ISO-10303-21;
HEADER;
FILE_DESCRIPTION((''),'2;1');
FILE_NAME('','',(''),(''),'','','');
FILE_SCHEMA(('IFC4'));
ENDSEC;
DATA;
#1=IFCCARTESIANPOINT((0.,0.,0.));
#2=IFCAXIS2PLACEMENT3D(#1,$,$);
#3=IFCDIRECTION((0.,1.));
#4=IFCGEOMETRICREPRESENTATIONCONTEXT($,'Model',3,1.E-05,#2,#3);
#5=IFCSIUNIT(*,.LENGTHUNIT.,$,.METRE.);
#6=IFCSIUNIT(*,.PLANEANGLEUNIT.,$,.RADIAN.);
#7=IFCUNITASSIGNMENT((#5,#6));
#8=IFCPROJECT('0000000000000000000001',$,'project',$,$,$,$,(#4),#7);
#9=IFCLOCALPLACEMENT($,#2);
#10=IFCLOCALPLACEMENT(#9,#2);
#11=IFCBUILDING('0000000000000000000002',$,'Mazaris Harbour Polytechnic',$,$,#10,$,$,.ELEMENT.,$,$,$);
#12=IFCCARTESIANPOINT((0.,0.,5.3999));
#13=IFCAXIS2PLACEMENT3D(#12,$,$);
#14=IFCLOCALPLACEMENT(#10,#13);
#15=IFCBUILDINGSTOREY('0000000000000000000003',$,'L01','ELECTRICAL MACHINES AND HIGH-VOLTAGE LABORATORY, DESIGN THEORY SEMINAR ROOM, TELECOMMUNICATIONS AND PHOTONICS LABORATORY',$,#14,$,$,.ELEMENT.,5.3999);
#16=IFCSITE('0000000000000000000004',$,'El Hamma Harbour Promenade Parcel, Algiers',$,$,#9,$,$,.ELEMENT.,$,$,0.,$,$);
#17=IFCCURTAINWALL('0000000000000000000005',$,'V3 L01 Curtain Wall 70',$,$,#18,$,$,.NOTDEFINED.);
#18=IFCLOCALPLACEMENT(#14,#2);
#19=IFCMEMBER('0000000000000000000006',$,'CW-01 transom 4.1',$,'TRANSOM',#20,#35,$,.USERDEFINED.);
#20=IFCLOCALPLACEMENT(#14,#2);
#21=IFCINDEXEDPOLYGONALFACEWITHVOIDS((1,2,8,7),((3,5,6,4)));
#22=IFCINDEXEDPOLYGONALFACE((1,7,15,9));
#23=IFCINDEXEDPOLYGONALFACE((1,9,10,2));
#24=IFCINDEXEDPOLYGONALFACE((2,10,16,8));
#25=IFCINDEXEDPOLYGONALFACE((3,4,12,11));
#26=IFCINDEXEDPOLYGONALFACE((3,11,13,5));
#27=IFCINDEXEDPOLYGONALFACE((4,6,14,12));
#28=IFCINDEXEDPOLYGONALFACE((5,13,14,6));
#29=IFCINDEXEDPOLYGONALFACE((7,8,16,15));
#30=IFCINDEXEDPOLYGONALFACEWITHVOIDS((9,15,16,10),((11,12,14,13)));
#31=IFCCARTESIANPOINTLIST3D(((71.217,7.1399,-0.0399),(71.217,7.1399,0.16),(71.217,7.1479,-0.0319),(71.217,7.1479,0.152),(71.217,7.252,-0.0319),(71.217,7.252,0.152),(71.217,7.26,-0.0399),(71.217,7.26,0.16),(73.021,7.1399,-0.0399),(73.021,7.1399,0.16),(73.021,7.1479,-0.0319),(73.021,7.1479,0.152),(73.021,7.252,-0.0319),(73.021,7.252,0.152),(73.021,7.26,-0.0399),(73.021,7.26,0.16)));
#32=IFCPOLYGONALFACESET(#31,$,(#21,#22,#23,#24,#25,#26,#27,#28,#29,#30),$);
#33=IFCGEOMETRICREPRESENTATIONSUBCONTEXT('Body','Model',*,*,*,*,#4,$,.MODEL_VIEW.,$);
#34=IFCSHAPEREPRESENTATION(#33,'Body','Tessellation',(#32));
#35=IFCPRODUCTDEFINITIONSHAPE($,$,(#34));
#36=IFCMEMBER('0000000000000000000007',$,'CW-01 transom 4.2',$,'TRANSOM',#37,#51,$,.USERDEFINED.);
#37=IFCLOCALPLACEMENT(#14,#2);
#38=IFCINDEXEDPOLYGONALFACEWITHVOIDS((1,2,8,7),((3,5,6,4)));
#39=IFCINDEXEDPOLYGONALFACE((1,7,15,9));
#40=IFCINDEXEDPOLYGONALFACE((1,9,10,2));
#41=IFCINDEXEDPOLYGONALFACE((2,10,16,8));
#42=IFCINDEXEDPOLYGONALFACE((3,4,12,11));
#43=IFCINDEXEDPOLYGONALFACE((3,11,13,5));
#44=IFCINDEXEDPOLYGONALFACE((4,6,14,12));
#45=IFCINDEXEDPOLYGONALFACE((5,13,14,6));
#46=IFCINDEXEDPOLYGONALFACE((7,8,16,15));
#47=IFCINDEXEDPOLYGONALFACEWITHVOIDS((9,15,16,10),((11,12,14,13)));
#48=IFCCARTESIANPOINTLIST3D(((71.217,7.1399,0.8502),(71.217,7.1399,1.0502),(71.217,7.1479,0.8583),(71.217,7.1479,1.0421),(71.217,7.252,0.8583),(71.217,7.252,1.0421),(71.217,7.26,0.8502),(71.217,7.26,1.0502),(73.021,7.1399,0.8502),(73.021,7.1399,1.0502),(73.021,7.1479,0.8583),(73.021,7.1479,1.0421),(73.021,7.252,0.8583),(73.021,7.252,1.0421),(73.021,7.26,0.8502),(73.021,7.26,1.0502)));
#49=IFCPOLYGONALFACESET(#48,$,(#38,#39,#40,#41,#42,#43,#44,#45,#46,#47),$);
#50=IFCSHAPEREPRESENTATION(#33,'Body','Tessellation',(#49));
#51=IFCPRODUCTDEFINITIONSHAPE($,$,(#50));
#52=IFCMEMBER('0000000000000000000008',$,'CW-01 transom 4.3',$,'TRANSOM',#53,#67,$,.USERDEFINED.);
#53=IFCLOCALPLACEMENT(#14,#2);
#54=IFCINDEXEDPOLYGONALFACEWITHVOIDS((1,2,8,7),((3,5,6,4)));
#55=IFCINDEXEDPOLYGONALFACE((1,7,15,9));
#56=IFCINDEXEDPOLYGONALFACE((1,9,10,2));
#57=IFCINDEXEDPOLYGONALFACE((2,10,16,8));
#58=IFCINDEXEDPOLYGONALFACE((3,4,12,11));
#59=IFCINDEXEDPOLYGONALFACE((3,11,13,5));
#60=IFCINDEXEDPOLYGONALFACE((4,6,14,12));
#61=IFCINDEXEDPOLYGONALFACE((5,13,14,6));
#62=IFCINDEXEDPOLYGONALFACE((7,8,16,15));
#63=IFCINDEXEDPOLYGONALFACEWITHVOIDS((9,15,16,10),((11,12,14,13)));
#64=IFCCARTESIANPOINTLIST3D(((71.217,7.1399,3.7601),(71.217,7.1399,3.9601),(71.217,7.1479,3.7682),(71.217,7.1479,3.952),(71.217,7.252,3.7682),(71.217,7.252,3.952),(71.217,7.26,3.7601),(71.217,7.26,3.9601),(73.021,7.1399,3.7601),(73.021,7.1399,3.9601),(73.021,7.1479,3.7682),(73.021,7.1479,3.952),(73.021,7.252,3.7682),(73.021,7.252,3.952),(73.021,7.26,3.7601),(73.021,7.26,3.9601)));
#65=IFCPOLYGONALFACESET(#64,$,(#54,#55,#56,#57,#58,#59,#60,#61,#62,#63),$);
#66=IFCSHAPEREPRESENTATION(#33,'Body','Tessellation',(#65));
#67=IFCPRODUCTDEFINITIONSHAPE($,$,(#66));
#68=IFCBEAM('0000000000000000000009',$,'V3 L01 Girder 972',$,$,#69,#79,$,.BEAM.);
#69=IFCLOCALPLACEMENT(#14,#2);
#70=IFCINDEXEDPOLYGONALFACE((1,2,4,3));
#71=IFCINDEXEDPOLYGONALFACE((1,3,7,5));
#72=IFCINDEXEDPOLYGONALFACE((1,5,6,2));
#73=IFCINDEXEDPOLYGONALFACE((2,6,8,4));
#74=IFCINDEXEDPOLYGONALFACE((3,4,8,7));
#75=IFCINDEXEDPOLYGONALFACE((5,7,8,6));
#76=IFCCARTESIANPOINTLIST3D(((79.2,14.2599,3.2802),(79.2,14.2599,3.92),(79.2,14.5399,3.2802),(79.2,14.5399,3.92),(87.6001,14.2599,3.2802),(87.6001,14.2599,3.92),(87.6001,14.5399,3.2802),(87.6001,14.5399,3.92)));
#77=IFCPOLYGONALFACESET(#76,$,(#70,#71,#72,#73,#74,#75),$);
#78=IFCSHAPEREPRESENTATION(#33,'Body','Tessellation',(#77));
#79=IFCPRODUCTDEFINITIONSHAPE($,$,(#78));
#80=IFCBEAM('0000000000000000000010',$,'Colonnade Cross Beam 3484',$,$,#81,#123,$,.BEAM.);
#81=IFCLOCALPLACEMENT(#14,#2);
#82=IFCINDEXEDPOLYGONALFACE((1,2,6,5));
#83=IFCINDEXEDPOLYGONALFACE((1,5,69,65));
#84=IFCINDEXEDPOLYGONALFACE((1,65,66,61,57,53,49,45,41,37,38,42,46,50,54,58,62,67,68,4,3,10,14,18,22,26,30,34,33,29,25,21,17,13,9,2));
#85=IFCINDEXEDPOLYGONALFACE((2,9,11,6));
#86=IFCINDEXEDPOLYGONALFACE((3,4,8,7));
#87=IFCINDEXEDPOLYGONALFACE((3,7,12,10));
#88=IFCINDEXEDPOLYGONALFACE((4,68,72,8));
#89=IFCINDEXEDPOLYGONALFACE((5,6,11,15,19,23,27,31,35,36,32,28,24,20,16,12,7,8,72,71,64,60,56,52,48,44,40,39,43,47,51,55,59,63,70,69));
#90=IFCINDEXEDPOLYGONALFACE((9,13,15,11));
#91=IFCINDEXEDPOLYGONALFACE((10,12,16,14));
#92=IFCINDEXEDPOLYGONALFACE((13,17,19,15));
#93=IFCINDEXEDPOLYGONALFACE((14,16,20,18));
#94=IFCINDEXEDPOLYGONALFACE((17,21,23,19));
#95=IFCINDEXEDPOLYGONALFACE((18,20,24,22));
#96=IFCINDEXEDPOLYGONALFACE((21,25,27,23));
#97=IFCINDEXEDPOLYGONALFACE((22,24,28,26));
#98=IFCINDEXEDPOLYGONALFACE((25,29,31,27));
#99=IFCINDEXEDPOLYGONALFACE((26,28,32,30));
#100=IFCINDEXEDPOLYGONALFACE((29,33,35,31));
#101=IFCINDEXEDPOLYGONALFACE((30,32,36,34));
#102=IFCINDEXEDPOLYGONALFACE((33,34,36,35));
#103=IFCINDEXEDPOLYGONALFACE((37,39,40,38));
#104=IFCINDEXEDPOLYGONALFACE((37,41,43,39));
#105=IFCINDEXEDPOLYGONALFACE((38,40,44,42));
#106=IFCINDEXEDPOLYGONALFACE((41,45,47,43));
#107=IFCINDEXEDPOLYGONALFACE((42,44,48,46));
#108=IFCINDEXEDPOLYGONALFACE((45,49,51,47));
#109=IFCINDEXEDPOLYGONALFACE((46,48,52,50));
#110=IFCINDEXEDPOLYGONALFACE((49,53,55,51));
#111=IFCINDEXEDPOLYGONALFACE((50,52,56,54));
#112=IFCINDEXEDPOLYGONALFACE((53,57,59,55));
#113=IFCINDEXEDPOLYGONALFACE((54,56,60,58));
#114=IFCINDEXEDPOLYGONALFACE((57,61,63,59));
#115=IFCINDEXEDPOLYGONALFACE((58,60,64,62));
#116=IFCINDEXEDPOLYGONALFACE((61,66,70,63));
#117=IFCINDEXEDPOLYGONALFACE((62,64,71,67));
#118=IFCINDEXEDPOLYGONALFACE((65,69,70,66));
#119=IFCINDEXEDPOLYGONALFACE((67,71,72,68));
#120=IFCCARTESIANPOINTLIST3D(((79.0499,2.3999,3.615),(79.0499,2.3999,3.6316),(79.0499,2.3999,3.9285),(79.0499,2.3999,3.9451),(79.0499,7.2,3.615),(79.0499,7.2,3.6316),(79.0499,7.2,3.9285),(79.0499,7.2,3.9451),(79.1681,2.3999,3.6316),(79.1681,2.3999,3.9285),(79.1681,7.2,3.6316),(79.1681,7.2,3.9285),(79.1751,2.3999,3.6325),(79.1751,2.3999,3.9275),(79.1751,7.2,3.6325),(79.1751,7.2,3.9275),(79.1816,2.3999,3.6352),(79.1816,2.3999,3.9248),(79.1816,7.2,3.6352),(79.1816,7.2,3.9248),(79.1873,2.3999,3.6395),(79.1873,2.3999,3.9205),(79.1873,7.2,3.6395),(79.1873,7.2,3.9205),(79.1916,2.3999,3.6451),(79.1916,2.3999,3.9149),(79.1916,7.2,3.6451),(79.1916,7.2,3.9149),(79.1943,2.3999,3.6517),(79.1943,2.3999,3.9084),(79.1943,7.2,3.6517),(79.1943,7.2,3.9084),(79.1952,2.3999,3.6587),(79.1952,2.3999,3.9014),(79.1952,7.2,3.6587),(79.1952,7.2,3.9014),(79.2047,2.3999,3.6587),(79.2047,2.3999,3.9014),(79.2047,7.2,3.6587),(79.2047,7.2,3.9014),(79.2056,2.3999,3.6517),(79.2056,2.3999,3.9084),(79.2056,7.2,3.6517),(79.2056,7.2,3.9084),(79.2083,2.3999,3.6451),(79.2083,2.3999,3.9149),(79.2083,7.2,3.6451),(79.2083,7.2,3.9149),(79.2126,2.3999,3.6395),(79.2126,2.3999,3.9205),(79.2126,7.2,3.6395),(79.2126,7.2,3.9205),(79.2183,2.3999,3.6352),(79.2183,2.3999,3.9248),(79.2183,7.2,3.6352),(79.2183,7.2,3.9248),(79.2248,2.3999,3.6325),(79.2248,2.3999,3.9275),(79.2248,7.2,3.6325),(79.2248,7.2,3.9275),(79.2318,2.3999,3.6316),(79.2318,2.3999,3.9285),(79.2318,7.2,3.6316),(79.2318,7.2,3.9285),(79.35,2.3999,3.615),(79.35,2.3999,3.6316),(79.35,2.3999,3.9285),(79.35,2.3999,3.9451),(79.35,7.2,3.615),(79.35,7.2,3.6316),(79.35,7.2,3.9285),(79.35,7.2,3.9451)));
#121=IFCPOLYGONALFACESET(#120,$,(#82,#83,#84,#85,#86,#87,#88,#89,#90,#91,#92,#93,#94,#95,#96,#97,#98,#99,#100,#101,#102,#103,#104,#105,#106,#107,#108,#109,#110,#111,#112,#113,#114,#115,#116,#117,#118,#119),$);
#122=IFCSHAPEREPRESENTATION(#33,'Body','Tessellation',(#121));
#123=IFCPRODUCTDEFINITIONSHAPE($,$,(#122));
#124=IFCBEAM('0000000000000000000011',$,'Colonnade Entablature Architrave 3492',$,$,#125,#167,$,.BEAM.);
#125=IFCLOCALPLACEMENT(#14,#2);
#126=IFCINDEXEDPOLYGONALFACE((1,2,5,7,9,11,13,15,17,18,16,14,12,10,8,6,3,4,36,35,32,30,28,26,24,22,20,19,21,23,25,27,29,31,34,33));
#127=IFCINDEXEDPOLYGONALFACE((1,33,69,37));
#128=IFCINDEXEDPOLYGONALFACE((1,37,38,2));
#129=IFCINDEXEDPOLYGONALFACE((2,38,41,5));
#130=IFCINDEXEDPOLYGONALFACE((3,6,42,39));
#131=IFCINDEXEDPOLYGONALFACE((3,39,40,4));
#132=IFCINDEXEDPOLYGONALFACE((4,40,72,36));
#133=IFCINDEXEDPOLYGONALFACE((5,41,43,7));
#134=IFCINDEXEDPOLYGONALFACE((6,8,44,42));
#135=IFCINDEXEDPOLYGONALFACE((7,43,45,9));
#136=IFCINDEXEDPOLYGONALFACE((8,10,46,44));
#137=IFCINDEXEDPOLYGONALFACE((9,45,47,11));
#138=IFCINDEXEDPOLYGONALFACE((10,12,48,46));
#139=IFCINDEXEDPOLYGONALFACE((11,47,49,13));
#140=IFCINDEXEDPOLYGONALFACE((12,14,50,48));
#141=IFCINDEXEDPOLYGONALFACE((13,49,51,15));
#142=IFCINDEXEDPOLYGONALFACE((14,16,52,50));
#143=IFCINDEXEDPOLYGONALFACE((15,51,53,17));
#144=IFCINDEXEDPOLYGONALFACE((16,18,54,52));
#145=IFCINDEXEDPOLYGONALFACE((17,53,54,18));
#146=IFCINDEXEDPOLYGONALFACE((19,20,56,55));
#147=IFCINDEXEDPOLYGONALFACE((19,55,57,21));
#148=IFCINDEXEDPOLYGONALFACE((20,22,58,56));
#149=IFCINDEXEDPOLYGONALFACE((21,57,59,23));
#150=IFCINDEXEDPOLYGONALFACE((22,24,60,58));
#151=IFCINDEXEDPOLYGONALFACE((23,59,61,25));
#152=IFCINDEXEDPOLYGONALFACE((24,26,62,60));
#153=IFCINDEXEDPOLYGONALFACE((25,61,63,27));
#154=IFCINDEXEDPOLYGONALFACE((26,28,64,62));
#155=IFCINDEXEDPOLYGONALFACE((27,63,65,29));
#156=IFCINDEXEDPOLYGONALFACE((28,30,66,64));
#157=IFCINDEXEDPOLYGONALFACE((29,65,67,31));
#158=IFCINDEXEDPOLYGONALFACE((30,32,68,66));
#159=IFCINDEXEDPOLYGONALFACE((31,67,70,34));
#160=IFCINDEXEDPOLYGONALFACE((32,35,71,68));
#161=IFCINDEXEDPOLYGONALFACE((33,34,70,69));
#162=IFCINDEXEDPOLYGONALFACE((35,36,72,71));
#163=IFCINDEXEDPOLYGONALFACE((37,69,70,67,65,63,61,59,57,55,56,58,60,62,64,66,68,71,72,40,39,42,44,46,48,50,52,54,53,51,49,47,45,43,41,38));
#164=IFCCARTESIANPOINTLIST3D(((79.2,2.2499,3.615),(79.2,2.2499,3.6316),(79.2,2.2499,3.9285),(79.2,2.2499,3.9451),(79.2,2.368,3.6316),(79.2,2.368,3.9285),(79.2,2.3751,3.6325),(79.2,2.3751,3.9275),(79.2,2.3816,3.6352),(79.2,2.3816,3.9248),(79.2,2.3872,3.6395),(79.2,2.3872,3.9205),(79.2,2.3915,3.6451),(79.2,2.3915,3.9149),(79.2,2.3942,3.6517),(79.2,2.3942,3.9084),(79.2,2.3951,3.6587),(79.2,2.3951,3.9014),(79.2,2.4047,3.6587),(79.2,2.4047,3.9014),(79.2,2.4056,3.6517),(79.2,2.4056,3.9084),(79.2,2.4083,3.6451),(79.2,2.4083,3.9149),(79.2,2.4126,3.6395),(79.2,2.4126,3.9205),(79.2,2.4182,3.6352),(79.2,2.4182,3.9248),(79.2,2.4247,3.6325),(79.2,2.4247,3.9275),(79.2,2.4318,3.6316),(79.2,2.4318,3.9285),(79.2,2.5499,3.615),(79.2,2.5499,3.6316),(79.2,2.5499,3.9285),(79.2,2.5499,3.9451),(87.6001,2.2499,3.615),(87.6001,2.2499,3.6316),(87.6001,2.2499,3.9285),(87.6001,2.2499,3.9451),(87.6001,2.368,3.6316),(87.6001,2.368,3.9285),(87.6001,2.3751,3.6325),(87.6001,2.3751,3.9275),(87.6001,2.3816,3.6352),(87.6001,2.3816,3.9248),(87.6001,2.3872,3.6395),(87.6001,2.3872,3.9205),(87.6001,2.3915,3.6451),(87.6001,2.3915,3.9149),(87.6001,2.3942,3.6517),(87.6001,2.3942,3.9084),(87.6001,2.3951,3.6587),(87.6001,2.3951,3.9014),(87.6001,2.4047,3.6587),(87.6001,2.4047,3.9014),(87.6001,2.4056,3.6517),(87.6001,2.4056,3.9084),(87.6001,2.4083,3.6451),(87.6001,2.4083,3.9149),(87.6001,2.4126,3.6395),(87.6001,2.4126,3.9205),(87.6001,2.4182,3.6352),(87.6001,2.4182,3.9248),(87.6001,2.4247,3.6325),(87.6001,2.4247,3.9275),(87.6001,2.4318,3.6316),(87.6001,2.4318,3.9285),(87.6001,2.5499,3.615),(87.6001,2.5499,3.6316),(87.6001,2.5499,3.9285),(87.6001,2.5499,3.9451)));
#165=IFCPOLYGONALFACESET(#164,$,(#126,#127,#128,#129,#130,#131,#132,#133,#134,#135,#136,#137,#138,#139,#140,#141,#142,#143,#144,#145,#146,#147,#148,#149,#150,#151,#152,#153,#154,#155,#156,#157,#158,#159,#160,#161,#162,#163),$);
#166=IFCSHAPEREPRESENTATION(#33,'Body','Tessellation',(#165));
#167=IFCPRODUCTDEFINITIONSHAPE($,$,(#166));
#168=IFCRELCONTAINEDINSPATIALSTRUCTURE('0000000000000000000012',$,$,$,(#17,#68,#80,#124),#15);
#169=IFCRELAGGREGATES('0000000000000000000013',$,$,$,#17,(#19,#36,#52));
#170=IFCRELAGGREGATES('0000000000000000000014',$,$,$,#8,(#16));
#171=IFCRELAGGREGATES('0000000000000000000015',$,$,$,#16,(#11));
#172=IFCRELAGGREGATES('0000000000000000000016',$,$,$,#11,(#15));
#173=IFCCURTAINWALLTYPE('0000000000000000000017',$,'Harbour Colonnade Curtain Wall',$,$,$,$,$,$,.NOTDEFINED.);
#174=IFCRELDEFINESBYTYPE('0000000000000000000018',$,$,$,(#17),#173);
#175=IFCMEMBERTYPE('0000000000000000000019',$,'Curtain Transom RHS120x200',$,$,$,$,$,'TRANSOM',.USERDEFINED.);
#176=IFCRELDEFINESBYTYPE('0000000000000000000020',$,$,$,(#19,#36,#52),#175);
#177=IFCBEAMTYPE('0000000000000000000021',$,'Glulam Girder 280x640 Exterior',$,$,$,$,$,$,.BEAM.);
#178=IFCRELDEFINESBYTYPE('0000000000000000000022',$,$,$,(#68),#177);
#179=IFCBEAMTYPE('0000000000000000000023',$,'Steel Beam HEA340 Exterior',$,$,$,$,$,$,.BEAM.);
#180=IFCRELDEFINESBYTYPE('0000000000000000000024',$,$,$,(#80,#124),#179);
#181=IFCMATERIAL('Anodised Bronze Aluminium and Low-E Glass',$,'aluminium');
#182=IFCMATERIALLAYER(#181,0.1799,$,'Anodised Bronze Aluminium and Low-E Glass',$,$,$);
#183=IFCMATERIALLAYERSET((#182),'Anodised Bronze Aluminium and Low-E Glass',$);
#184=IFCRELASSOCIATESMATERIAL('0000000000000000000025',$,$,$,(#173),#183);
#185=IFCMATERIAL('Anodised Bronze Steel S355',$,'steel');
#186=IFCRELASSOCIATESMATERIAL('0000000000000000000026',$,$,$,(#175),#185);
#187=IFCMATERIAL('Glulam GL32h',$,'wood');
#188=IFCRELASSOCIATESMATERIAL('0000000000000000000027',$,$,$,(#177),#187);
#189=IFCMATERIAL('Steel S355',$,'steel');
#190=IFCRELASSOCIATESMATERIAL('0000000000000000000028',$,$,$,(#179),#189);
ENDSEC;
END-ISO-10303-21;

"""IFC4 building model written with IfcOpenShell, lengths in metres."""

from ifc_helpers import new_model, si_unit, direction, frame, origin, origin_2d, place, context, subcontext, project, spatial, rectangle, hollow_rectangle, i_section, extrude, material, layer, layer_set, material_profile, profile_set, type_object, element, aggregate, save


model = new_model("IFC4")

# Units and contexts
model_context = context("Model", 3, precision=1e-05, world=origin(), true_north=direction((0.0, 1.0)))
body_context = subcontext(model_context, "Body", "Model", "MODEL_VIEW")
ifc_project = project(units=[si_unit("LENGTHUNIT", "METRE"), si_unit("PLANEANGLEUNIT", "RADIAN")], contexts=[model_context])

# Site, building, storey
site_placement = place(None, origin())
site = spatial("IfcSite", under=ifc_project, at=site_placement, Name="El Hamma Harbour Promenade Parcel, Algiers", CompositionType="ELEMENT", RefElevation=0.0)
building_placement = place(site_placement, origin())
building = spatial("IfcBuilding", under=site, at=building_placement, Name="Mazaris Harbour Polytechnic", CompositionType="ELEMENT")
storey_placement = place(building_placement, frame((0.0, 0.0, 5.3999)))
storey = spatial("IfcBuildingStorey", under=building, at=storey_placement, Name="L01", Description="ELECTRICAL MACHINES AND HIGH-VOLTAGE LABORATORY, DESIGN THEORY SEMINAR ROOM, TELECOMMUNICATIONS AND PHOTONICS LABORATORY", CompositionType="ELEMENT", Elevation=5.3999)

# Curtain wall, members
ifc_material_1 = material(Name="Anodised Bronze Aluminium and Low-E Glass", Category="aluminium")
ifc_layer_1 = layer(ifc_material_1, 0.1799, Name="Anodised Bronze Aluminium and Low-E Glass")
ifc_layer_set_1 = layer_set([ifc_layer_1], Name="Anodised Bronze Aluminium and Low-E Glass")
curtain_wall_type = type_object("IfcCurtainWallType", Name="Harbour Colonnade Curtain Wall", PredefinedType="NOTDEFINED", material=ifc_layer_set_1)
curtain_wall_placement = place(storey_placement, origin())
curtain_wall = element("IfcCurtainWall", 1, at=curtain_wall_placement, inside=storey, type_object=curtain_wall_type, Name="V3 L01 Curtain Wall 70", PredefinedType="NOTDEFINED")
ifc_material_2 = material(Name="Anodised Bronze Steel S355", Category="steel")
ifc_material_profile_1 = material_profile(ifc_material_2, hollow_rectangle(XDim=0.1201, YDim=0.2, WallThickness=0.0081, at=origin_2d()), Name="RHS 120x200x8.0")
ifc_profile_set_1 = profile_set([ifc_material_profile_1], Name="Anodised Bronze Steel S355")
member_type_1 = type_object("IfcMemberType", Name="Curtain Transom RHS120x200", ElementType="TRANSOM", PredefinedType="USERDEFINED", material=ifc_profile_set_1)
member_1_placement = place(storey_placement, frame((73.021, 7.2, 0.0601), z_axis=(-1.0, 0.0, 0.0), x_axis=(0.0, -1.0, 0.0)))
member_1 = element("IfcMember", 2, at=member_1_placement, type_object=member_type_1, Name="CW-01 transom 4.1", ObjectType="TRANSOM", PredefinedType="USERDEFINED", context=body_context, shape_type="SweptSolid", body=[
    extrude(hollow_rectangle(XDim=0.1201, YDim=0.2, WallThickness=0.0081, at=origin_2d()), origin(), (0.0, 0.0, 1.0), 1.804),
])
member_2_placement = place(storey_placement, frame((73.021, 7.2, 0.9502), z_axis=(-1.0, 0.0, 0.0), x_axis=(0.0, -1.0, 0.0)))
member_2 = element("IfcMember", 3, at=member_2_placement, type_object=member_type_1, Name="CW-01 transom 4.2", ObjectType="TRANSOM", PredefinedType="USERDEFINED", context=body_context, shape_type="SweptSolid", body=[
    extrude(hollow_rectangle(XDim=0.1201, YDim=0.2, WallThickness=0.0081, at=origin_2d()), origin(), (0.0, 0.0, 1.0), 1.804),
])
member_3_placement = place(storey_placement, frame((73.021, 7.2, 3.8601), z_axis=(-1.0, 0.0, 0.0), x_axis=(0.0, -1.0, 0.0)))
member_3 = element("IfcMember", 4, at=member_3_placement, type_object=member_type_1, Name="CW-01 transom 4.3", ObjectType="TRANSOM", PredefinedType="USERDEFINED", context=body_context, shape_type="SweptSolid", body=[
    extrude(hollow_rectangle(XDim=0.1201, YDim=0.2, WallThickness=0.0081, at=origin_2d()), origin(), (0.0, 0.0, 1.0), 1.804),
])

# Beams
ifc_material_3 = material(Name="Glulam GL32h", Category="wood")
ifc_material_profile_2 = material_profile(ifc_material_3, rectangle(XDim=0.28, YDim=0.6399, at=origin_2d()), Name="RECT280x640")
ifc_profile_set_2 = profile_set([ifc_material_profile_2], Name="Glulam GL32h")
beam_type_1 = type_object("IfcBeamType", Name="Glulam Girder 280x640 Exterior", PredefinedType="BEAM", material=ifc_profile_set_2)
beam_1_placement = place(storey_placement, frame((79.2, 14.3999, 3.6001), z_axis=(1.0, 0.0, 0.0), x_axis=(0.0, 1.0, 0.0)))
element("IfcBeam", 5, at=beam_1_placement, inside=storey, type_object=beam_type_1, Name="V3 L01 Girder 972", PredefinedType="BEAM", context=body_context, shape_type="SweptSolid", body=[
    extrude(rectangle(XDim=0.28, YDim=0.6399, at=origin_2d()), origin(), (0.0, 0.0, 1.0), 8.4001),
])
ifc_material_4 = material(Name="Steel S355", Category="steel")
ifc_material_profile_3 = material_profile(ifc_material_4, i_section(OverallWidth=0.3, OverallDepth=0.3301, WebThickness=0.0095, FlangeThickness=0.0166, FilletRadius=0.0271, at=origin_2d()), Name="HEA 340")
ifc_profile_set_3 = profile_set([ifc_material_profile_3], Name="Steel S355")
beam_type_2 = type_object("IfcBeamType", Name="Steel Beam HEA340 Exterior", PredefinedType="BEAM", material=ifc_profile_set_3)
beam_2_placement = place(storey_placement, frame((79.2, 2.3999, 3.78), z_axis=(0.0, 1.0, 0.0), x_axis=(-1.0, 0.0, 0.0)))
element("IfcBeam", 6, at=beam_2_placement, inside=storey, type_object=beam_type_2, Name="Colonnade Cross Beam 3484", PredefinedType="BEAM", context=body_context, shape_type="SweptSolid", body=[
    extrude(i_section(OverallWidth=0.3, OverallDepth=0.3301, WebThickness=0.0095, FlangeThickness=0.0166, FilletRadius=0.0271, at=origin_2d()), origin(), (0.0, 0.0, 1.0), 4.8),
])
beam_3_placement = place(storey_placement, frame((79.2, 2.3999, 3.78), z_axis=(1.0, 0.0, 0.0), x_axis=(0.0, 1.0, 0.0)))
element("IfcBeam", 7, at=beam_3_placement, inside=storey, type_object=beam_type_2, Name="Colonnade Entablature Architrave 3492", PredefinedType="BEAM", context=body_context, shape_type="SweptSolid", body=[
    extrude(i_section(OverallWidth=0.3, OverallDepth=0.3301, WebThickness=0.0095, FlangeThickness=0.0166, FilletRadius=0.0271, at=origin_2d()), origin(), (0.0, 0.0, 1.0), 8.4001),
])

aggregate(curtain_wall, [member_1, member_2, member_3])

save(model, "model.ifc")
